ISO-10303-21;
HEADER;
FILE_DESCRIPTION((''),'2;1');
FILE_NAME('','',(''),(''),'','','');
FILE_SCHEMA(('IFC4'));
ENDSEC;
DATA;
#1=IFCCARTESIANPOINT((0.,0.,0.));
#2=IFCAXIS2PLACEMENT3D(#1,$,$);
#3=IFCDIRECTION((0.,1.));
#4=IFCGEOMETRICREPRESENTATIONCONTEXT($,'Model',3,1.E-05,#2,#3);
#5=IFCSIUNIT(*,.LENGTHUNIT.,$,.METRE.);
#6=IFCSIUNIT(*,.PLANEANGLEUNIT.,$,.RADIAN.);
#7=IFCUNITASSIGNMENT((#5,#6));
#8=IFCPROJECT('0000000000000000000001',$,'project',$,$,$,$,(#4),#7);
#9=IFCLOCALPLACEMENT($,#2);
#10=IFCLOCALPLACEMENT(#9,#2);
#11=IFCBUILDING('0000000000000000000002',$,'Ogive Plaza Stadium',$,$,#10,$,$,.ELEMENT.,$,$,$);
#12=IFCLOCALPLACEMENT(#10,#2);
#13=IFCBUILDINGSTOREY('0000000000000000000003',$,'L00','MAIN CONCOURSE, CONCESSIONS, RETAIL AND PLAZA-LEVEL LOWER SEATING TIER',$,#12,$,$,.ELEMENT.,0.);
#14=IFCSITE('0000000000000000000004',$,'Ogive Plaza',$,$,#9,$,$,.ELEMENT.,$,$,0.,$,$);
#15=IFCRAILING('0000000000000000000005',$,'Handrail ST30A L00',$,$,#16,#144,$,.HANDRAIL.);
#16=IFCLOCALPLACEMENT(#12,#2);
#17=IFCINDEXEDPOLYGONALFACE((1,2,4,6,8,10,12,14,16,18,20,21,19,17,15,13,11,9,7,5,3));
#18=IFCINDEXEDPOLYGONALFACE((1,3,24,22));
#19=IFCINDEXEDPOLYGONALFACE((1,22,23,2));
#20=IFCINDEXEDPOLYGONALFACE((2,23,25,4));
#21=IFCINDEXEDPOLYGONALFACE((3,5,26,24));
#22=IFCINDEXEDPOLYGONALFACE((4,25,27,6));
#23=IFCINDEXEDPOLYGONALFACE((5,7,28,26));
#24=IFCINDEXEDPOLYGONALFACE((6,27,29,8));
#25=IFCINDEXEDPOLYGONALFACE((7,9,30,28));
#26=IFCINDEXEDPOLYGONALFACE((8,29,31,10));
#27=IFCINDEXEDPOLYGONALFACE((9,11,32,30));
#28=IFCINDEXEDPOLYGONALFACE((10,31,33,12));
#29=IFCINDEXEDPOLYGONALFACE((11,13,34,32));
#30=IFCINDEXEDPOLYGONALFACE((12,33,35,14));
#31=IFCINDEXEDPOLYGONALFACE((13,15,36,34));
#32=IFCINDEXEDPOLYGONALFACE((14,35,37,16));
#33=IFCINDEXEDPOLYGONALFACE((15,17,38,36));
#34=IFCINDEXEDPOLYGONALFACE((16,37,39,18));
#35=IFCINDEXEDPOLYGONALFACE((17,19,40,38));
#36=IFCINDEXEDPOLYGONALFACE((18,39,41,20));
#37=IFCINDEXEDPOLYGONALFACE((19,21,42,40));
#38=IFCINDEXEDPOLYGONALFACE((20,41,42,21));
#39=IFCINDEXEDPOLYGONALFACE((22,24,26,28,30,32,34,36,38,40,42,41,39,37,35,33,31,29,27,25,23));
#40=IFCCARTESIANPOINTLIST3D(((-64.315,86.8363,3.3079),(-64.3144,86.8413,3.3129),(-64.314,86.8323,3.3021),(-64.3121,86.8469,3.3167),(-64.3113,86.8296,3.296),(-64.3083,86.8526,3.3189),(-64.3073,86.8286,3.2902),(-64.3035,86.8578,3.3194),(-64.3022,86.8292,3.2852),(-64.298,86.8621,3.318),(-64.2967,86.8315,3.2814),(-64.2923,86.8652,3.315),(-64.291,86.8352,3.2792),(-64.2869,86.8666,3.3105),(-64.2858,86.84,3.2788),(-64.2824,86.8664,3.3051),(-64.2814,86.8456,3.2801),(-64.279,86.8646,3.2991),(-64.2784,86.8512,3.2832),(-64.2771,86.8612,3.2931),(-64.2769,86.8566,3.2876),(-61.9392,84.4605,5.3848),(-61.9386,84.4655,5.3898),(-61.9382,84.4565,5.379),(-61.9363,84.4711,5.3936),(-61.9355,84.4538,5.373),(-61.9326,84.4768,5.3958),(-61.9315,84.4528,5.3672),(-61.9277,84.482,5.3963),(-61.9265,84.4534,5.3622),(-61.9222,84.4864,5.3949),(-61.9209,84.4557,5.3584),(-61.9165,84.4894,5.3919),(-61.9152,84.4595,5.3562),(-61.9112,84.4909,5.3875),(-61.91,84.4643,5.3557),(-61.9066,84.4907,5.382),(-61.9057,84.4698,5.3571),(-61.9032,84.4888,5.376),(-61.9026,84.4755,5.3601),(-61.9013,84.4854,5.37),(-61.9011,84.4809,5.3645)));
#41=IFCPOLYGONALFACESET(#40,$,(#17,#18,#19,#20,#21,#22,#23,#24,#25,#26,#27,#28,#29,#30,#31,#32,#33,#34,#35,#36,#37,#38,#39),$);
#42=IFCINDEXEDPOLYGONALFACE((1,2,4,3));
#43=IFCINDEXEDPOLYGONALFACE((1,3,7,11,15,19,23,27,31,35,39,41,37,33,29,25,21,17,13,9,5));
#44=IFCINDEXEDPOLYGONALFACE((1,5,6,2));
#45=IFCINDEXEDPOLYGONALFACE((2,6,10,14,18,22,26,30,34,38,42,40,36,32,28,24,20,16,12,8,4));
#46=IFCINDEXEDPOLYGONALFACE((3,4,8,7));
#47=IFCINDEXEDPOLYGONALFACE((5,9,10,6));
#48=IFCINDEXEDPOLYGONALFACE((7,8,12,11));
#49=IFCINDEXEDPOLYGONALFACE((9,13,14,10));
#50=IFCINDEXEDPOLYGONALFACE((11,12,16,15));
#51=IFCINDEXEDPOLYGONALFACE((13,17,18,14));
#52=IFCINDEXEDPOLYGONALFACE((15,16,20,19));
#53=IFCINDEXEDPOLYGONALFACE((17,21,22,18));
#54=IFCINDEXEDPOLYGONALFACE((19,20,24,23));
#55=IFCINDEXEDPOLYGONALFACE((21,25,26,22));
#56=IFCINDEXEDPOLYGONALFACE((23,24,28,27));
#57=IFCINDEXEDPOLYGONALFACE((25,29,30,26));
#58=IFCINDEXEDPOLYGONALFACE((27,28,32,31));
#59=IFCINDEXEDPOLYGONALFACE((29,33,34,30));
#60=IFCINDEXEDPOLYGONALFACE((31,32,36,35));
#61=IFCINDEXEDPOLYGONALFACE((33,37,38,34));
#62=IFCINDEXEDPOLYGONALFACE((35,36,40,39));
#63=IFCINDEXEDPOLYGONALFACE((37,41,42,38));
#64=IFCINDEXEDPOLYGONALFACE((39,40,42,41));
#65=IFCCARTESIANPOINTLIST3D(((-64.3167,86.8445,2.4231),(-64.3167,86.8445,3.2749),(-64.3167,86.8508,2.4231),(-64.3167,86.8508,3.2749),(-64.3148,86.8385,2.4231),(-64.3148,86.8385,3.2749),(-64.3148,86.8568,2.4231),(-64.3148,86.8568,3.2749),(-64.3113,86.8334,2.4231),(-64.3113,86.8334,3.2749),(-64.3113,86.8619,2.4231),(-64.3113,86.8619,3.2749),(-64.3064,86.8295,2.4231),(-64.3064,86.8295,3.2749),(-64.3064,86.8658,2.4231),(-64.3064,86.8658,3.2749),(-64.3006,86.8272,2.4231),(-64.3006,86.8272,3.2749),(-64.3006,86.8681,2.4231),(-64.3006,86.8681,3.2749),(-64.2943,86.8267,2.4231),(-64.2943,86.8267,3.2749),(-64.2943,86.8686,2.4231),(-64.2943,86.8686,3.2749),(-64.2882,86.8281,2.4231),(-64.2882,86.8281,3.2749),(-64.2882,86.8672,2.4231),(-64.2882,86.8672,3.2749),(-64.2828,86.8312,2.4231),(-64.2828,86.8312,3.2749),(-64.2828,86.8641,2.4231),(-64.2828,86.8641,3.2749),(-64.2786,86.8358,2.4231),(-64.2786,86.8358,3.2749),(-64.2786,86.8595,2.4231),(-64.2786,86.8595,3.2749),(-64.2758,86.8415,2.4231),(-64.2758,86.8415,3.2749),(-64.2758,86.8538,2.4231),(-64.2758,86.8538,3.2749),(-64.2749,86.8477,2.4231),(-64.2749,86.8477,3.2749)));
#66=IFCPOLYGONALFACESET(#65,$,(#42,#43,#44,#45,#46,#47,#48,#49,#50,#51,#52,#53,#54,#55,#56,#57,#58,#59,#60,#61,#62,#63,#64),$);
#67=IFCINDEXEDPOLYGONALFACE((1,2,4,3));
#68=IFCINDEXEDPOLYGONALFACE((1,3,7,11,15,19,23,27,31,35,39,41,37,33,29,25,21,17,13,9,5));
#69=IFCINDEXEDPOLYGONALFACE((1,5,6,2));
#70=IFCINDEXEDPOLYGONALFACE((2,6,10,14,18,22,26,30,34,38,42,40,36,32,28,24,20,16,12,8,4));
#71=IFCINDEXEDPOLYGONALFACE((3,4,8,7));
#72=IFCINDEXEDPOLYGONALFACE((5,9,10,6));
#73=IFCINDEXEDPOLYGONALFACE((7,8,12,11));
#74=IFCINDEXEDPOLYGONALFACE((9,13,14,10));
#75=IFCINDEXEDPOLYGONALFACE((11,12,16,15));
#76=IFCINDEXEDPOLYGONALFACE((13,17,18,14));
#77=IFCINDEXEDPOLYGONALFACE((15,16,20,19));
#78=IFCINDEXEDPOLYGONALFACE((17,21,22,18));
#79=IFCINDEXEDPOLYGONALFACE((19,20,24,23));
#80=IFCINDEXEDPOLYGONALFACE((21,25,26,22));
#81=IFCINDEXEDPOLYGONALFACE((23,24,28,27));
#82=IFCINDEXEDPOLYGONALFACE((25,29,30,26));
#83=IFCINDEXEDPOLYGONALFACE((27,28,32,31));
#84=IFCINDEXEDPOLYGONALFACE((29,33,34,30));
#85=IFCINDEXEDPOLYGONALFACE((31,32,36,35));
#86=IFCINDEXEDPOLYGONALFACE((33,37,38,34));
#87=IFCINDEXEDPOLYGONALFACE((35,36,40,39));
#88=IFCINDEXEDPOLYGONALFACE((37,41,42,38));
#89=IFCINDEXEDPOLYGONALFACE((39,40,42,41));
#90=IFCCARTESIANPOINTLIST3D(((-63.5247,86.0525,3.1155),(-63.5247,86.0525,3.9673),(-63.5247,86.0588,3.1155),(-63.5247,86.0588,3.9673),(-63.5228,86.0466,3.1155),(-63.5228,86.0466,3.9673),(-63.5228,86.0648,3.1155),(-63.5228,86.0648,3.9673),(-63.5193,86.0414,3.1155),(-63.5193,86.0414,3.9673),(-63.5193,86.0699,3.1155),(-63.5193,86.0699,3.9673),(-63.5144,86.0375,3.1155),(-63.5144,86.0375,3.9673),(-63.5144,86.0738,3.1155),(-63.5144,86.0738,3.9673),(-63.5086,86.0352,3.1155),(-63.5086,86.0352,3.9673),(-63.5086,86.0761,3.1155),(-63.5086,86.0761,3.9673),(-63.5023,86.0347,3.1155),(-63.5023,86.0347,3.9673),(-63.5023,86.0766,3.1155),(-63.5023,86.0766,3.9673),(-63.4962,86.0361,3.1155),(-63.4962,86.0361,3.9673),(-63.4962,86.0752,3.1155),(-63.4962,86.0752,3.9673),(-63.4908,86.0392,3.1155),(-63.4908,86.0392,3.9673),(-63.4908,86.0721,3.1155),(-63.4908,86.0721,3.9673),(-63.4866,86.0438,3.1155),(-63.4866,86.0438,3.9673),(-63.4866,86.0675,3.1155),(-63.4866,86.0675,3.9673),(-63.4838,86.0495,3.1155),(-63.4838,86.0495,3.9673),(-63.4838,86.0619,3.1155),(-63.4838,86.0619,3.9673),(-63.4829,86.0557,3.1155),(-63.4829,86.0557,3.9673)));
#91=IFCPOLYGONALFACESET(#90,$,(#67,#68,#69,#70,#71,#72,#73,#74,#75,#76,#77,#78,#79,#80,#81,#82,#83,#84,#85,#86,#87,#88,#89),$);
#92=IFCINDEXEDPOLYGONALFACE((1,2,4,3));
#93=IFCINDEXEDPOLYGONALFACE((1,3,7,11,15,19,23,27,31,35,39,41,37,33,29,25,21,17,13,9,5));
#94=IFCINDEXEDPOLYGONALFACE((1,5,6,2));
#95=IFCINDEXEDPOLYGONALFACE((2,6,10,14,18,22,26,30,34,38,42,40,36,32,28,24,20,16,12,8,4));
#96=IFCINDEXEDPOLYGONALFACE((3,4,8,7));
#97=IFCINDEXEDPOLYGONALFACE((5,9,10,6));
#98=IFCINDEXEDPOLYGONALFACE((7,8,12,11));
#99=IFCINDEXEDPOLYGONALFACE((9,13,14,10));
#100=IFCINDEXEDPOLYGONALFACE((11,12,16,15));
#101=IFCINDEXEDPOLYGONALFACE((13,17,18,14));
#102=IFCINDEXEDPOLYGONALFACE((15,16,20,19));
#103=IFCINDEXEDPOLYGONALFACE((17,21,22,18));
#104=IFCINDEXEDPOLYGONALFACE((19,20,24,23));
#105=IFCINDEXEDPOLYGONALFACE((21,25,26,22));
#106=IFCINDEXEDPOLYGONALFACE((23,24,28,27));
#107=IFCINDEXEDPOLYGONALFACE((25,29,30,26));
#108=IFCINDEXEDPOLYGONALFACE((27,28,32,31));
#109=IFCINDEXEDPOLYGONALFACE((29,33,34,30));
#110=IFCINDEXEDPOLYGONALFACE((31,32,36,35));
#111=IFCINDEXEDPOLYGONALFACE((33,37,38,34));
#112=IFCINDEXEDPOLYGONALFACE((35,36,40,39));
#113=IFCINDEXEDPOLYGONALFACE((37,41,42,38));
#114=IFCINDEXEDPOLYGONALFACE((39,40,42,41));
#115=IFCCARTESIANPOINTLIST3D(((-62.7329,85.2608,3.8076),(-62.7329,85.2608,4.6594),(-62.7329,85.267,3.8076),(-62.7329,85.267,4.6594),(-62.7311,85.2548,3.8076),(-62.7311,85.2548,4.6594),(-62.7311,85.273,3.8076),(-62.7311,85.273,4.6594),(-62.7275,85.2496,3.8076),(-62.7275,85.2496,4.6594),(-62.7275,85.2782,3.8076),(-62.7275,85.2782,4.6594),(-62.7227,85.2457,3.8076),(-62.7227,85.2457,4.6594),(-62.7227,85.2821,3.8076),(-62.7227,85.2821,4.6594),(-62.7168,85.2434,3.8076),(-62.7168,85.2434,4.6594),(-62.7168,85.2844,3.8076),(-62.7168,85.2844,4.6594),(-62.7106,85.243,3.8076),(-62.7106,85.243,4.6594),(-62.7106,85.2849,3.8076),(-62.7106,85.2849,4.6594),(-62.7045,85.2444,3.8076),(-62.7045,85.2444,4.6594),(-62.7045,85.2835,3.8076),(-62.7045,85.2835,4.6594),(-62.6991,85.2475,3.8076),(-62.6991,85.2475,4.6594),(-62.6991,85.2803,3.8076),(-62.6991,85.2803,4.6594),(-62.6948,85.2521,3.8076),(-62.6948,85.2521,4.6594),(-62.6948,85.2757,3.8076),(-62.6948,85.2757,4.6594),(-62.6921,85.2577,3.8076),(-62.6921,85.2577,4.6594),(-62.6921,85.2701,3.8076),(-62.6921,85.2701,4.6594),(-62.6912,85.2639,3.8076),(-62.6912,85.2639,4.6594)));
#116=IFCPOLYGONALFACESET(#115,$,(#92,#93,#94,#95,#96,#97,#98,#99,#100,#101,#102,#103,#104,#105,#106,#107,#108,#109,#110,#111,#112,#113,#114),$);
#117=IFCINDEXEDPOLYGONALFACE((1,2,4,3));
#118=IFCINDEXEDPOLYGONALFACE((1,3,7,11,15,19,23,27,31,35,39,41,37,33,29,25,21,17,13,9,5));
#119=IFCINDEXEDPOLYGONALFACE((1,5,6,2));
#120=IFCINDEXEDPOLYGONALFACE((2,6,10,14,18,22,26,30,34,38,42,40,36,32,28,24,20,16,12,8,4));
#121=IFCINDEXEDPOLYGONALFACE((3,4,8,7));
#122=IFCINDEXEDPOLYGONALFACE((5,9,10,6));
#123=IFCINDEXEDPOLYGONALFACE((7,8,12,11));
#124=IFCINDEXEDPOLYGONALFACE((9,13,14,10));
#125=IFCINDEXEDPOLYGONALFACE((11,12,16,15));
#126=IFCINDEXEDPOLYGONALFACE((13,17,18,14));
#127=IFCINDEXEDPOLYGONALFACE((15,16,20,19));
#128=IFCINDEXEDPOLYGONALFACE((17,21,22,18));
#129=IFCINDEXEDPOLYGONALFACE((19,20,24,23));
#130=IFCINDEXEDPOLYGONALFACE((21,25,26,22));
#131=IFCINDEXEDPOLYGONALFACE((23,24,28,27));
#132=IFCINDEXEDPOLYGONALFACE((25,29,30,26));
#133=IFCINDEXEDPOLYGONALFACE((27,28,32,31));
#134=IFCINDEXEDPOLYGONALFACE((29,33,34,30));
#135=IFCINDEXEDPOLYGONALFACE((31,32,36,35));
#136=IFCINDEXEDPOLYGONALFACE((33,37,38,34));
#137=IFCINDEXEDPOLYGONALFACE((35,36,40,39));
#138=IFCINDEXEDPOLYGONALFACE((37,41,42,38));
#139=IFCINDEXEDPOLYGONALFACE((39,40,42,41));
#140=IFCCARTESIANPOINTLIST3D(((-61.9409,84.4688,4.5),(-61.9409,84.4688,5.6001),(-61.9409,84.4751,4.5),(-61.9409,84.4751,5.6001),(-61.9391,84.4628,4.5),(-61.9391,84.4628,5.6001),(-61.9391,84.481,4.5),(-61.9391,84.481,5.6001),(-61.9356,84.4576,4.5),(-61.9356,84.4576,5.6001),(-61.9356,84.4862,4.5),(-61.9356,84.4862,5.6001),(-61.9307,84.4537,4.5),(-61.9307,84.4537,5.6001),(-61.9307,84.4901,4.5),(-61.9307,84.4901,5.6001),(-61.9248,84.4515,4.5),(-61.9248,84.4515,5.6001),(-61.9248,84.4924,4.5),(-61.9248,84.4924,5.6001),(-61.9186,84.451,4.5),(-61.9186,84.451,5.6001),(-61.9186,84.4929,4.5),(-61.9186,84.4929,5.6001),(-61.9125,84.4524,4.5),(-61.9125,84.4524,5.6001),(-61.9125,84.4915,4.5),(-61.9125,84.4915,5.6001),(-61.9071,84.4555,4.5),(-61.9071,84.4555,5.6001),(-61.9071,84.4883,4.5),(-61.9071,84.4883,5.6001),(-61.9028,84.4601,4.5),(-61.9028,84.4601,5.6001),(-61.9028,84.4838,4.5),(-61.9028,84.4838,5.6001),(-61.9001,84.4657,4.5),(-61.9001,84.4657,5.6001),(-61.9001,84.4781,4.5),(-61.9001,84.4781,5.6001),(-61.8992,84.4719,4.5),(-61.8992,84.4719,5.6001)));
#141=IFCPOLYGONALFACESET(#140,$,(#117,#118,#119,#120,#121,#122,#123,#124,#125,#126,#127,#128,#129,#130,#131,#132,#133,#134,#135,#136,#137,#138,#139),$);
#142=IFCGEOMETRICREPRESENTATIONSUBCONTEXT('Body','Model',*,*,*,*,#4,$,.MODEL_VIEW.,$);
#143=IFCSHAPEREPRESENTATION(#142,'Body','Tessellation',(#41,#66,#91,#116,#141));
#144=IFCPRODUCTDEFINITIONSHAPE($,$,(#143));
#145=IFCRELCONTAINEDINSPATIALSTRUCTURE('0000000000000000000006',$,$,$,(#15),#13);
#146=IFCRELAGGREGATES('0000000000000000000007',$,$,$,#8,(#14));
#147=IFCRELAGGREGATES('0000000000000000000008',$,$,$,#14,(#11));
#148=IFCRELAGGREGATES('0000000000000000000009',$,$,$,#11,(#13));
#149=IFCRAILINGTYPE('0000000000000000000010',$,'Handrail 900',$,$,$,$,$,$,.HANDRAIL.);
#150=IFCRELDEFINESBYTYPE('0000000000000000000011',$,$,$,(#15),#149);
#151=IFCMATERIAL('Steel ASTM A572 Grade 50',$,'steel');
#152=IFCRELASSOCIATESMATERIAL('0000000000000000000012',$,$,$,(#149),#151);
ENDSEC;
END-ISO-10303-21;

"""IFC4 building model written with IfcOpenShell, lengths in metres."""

from ifc_helpers import new_model, si_unit, direction, frame, origin, origin_2d, place, context, subcontext, project, spatial, circle, extrude, material, type_object, element, save


model = new_model("IFC4")

# Units and contexts
model_context = context("Model", 3, precision=1e-05, world=origin(), true_north=direction((0.0, 1.0)))
body_context = subcontext(model_context, "Body", "Model", "MODEL_VIEW")
ifc_project = project(units=[si_unit("LENGTHUNIT", "METRE"), si_unit("PLANEANGLEUNIT", "RADIAN")], contexts=[model_context])

# Site, building, storey
site_placement = place(None, origin())
site = spatial("IfcSite", under=ifc_project, at=site_placement, Name="Ogive Plaza", CompositionType="ELEMENT", RefElevation=0.0)
building_placement = place(site_placement, origin())
building = spatial("IfcBuilding", under=site, at=building_placement, Name="Ogive Plaza Stadium", CompositionType="ELEMENT")
storey_placement = place(building_placement, origin())
storey = spatial("IfcBuildingStorey", under=building, at=storey_placement, Name="L00", Description="MAIN CONCOURSE, CONCESSIONS, RETAIL AND PLAZA-LEVEL LOWER SEATING TIER", CompositionType="ELEMENT", Elevation=0.0)

# Railing
ifc_material_1 = material(Name="Steel ASTM A572 Grade 50", Category="steel")
railing_type_1 = type_object("IfcRailingType", Name="Handrail 900", PredefinedType="HANDRAIL", material=ifc_material_1)
for number, where, name in (
    (1, (-64.2959, 86.8477, 2.4231), "Handrail ST30A L00"),
):
    element("IfcRailing", number, at=place(storey_placement, frame(where)), inside=storey, type_object=railing_type_1, Name=name, PredefinedType="HANDRAIL", context=body_context, shape_type="SweptSolid", body=[
        extrude(circle(Radius=0.0239, at=origin_2d()), frame((0.0, 0.0, 0.876), z_axis=(0.601466, -0.601466, 0.525811), x_axis=(0.707107, 0.707107, 0.0)), (0.0, 0.0, 1.0), 3.95),
        extrude(circle(Radius=0.021, at=origin_2d()), origin(), (0.0, 0.0, 1.0), 0.8518),
        extrude(circle(Radius=0.021, at=origin_2d()), frame((0.792, -0.792, 0.6924)), (0.0, 0.0, 1.0), 0.8518),
        extrude(circle(Radius=0.021, at=origin_2d()), frame((1.5837, -1.5837, 1.3845)), (0.0, 0.0, 1.0), 0.8518),
        extrude(circle(Radius=0.021, at=origin_2d()), frame((2.3757, -2.3757, 2.0769)), (0.0, 0.0, 1.0), 1.1001),
    ])

save(model, "model.ifc")
